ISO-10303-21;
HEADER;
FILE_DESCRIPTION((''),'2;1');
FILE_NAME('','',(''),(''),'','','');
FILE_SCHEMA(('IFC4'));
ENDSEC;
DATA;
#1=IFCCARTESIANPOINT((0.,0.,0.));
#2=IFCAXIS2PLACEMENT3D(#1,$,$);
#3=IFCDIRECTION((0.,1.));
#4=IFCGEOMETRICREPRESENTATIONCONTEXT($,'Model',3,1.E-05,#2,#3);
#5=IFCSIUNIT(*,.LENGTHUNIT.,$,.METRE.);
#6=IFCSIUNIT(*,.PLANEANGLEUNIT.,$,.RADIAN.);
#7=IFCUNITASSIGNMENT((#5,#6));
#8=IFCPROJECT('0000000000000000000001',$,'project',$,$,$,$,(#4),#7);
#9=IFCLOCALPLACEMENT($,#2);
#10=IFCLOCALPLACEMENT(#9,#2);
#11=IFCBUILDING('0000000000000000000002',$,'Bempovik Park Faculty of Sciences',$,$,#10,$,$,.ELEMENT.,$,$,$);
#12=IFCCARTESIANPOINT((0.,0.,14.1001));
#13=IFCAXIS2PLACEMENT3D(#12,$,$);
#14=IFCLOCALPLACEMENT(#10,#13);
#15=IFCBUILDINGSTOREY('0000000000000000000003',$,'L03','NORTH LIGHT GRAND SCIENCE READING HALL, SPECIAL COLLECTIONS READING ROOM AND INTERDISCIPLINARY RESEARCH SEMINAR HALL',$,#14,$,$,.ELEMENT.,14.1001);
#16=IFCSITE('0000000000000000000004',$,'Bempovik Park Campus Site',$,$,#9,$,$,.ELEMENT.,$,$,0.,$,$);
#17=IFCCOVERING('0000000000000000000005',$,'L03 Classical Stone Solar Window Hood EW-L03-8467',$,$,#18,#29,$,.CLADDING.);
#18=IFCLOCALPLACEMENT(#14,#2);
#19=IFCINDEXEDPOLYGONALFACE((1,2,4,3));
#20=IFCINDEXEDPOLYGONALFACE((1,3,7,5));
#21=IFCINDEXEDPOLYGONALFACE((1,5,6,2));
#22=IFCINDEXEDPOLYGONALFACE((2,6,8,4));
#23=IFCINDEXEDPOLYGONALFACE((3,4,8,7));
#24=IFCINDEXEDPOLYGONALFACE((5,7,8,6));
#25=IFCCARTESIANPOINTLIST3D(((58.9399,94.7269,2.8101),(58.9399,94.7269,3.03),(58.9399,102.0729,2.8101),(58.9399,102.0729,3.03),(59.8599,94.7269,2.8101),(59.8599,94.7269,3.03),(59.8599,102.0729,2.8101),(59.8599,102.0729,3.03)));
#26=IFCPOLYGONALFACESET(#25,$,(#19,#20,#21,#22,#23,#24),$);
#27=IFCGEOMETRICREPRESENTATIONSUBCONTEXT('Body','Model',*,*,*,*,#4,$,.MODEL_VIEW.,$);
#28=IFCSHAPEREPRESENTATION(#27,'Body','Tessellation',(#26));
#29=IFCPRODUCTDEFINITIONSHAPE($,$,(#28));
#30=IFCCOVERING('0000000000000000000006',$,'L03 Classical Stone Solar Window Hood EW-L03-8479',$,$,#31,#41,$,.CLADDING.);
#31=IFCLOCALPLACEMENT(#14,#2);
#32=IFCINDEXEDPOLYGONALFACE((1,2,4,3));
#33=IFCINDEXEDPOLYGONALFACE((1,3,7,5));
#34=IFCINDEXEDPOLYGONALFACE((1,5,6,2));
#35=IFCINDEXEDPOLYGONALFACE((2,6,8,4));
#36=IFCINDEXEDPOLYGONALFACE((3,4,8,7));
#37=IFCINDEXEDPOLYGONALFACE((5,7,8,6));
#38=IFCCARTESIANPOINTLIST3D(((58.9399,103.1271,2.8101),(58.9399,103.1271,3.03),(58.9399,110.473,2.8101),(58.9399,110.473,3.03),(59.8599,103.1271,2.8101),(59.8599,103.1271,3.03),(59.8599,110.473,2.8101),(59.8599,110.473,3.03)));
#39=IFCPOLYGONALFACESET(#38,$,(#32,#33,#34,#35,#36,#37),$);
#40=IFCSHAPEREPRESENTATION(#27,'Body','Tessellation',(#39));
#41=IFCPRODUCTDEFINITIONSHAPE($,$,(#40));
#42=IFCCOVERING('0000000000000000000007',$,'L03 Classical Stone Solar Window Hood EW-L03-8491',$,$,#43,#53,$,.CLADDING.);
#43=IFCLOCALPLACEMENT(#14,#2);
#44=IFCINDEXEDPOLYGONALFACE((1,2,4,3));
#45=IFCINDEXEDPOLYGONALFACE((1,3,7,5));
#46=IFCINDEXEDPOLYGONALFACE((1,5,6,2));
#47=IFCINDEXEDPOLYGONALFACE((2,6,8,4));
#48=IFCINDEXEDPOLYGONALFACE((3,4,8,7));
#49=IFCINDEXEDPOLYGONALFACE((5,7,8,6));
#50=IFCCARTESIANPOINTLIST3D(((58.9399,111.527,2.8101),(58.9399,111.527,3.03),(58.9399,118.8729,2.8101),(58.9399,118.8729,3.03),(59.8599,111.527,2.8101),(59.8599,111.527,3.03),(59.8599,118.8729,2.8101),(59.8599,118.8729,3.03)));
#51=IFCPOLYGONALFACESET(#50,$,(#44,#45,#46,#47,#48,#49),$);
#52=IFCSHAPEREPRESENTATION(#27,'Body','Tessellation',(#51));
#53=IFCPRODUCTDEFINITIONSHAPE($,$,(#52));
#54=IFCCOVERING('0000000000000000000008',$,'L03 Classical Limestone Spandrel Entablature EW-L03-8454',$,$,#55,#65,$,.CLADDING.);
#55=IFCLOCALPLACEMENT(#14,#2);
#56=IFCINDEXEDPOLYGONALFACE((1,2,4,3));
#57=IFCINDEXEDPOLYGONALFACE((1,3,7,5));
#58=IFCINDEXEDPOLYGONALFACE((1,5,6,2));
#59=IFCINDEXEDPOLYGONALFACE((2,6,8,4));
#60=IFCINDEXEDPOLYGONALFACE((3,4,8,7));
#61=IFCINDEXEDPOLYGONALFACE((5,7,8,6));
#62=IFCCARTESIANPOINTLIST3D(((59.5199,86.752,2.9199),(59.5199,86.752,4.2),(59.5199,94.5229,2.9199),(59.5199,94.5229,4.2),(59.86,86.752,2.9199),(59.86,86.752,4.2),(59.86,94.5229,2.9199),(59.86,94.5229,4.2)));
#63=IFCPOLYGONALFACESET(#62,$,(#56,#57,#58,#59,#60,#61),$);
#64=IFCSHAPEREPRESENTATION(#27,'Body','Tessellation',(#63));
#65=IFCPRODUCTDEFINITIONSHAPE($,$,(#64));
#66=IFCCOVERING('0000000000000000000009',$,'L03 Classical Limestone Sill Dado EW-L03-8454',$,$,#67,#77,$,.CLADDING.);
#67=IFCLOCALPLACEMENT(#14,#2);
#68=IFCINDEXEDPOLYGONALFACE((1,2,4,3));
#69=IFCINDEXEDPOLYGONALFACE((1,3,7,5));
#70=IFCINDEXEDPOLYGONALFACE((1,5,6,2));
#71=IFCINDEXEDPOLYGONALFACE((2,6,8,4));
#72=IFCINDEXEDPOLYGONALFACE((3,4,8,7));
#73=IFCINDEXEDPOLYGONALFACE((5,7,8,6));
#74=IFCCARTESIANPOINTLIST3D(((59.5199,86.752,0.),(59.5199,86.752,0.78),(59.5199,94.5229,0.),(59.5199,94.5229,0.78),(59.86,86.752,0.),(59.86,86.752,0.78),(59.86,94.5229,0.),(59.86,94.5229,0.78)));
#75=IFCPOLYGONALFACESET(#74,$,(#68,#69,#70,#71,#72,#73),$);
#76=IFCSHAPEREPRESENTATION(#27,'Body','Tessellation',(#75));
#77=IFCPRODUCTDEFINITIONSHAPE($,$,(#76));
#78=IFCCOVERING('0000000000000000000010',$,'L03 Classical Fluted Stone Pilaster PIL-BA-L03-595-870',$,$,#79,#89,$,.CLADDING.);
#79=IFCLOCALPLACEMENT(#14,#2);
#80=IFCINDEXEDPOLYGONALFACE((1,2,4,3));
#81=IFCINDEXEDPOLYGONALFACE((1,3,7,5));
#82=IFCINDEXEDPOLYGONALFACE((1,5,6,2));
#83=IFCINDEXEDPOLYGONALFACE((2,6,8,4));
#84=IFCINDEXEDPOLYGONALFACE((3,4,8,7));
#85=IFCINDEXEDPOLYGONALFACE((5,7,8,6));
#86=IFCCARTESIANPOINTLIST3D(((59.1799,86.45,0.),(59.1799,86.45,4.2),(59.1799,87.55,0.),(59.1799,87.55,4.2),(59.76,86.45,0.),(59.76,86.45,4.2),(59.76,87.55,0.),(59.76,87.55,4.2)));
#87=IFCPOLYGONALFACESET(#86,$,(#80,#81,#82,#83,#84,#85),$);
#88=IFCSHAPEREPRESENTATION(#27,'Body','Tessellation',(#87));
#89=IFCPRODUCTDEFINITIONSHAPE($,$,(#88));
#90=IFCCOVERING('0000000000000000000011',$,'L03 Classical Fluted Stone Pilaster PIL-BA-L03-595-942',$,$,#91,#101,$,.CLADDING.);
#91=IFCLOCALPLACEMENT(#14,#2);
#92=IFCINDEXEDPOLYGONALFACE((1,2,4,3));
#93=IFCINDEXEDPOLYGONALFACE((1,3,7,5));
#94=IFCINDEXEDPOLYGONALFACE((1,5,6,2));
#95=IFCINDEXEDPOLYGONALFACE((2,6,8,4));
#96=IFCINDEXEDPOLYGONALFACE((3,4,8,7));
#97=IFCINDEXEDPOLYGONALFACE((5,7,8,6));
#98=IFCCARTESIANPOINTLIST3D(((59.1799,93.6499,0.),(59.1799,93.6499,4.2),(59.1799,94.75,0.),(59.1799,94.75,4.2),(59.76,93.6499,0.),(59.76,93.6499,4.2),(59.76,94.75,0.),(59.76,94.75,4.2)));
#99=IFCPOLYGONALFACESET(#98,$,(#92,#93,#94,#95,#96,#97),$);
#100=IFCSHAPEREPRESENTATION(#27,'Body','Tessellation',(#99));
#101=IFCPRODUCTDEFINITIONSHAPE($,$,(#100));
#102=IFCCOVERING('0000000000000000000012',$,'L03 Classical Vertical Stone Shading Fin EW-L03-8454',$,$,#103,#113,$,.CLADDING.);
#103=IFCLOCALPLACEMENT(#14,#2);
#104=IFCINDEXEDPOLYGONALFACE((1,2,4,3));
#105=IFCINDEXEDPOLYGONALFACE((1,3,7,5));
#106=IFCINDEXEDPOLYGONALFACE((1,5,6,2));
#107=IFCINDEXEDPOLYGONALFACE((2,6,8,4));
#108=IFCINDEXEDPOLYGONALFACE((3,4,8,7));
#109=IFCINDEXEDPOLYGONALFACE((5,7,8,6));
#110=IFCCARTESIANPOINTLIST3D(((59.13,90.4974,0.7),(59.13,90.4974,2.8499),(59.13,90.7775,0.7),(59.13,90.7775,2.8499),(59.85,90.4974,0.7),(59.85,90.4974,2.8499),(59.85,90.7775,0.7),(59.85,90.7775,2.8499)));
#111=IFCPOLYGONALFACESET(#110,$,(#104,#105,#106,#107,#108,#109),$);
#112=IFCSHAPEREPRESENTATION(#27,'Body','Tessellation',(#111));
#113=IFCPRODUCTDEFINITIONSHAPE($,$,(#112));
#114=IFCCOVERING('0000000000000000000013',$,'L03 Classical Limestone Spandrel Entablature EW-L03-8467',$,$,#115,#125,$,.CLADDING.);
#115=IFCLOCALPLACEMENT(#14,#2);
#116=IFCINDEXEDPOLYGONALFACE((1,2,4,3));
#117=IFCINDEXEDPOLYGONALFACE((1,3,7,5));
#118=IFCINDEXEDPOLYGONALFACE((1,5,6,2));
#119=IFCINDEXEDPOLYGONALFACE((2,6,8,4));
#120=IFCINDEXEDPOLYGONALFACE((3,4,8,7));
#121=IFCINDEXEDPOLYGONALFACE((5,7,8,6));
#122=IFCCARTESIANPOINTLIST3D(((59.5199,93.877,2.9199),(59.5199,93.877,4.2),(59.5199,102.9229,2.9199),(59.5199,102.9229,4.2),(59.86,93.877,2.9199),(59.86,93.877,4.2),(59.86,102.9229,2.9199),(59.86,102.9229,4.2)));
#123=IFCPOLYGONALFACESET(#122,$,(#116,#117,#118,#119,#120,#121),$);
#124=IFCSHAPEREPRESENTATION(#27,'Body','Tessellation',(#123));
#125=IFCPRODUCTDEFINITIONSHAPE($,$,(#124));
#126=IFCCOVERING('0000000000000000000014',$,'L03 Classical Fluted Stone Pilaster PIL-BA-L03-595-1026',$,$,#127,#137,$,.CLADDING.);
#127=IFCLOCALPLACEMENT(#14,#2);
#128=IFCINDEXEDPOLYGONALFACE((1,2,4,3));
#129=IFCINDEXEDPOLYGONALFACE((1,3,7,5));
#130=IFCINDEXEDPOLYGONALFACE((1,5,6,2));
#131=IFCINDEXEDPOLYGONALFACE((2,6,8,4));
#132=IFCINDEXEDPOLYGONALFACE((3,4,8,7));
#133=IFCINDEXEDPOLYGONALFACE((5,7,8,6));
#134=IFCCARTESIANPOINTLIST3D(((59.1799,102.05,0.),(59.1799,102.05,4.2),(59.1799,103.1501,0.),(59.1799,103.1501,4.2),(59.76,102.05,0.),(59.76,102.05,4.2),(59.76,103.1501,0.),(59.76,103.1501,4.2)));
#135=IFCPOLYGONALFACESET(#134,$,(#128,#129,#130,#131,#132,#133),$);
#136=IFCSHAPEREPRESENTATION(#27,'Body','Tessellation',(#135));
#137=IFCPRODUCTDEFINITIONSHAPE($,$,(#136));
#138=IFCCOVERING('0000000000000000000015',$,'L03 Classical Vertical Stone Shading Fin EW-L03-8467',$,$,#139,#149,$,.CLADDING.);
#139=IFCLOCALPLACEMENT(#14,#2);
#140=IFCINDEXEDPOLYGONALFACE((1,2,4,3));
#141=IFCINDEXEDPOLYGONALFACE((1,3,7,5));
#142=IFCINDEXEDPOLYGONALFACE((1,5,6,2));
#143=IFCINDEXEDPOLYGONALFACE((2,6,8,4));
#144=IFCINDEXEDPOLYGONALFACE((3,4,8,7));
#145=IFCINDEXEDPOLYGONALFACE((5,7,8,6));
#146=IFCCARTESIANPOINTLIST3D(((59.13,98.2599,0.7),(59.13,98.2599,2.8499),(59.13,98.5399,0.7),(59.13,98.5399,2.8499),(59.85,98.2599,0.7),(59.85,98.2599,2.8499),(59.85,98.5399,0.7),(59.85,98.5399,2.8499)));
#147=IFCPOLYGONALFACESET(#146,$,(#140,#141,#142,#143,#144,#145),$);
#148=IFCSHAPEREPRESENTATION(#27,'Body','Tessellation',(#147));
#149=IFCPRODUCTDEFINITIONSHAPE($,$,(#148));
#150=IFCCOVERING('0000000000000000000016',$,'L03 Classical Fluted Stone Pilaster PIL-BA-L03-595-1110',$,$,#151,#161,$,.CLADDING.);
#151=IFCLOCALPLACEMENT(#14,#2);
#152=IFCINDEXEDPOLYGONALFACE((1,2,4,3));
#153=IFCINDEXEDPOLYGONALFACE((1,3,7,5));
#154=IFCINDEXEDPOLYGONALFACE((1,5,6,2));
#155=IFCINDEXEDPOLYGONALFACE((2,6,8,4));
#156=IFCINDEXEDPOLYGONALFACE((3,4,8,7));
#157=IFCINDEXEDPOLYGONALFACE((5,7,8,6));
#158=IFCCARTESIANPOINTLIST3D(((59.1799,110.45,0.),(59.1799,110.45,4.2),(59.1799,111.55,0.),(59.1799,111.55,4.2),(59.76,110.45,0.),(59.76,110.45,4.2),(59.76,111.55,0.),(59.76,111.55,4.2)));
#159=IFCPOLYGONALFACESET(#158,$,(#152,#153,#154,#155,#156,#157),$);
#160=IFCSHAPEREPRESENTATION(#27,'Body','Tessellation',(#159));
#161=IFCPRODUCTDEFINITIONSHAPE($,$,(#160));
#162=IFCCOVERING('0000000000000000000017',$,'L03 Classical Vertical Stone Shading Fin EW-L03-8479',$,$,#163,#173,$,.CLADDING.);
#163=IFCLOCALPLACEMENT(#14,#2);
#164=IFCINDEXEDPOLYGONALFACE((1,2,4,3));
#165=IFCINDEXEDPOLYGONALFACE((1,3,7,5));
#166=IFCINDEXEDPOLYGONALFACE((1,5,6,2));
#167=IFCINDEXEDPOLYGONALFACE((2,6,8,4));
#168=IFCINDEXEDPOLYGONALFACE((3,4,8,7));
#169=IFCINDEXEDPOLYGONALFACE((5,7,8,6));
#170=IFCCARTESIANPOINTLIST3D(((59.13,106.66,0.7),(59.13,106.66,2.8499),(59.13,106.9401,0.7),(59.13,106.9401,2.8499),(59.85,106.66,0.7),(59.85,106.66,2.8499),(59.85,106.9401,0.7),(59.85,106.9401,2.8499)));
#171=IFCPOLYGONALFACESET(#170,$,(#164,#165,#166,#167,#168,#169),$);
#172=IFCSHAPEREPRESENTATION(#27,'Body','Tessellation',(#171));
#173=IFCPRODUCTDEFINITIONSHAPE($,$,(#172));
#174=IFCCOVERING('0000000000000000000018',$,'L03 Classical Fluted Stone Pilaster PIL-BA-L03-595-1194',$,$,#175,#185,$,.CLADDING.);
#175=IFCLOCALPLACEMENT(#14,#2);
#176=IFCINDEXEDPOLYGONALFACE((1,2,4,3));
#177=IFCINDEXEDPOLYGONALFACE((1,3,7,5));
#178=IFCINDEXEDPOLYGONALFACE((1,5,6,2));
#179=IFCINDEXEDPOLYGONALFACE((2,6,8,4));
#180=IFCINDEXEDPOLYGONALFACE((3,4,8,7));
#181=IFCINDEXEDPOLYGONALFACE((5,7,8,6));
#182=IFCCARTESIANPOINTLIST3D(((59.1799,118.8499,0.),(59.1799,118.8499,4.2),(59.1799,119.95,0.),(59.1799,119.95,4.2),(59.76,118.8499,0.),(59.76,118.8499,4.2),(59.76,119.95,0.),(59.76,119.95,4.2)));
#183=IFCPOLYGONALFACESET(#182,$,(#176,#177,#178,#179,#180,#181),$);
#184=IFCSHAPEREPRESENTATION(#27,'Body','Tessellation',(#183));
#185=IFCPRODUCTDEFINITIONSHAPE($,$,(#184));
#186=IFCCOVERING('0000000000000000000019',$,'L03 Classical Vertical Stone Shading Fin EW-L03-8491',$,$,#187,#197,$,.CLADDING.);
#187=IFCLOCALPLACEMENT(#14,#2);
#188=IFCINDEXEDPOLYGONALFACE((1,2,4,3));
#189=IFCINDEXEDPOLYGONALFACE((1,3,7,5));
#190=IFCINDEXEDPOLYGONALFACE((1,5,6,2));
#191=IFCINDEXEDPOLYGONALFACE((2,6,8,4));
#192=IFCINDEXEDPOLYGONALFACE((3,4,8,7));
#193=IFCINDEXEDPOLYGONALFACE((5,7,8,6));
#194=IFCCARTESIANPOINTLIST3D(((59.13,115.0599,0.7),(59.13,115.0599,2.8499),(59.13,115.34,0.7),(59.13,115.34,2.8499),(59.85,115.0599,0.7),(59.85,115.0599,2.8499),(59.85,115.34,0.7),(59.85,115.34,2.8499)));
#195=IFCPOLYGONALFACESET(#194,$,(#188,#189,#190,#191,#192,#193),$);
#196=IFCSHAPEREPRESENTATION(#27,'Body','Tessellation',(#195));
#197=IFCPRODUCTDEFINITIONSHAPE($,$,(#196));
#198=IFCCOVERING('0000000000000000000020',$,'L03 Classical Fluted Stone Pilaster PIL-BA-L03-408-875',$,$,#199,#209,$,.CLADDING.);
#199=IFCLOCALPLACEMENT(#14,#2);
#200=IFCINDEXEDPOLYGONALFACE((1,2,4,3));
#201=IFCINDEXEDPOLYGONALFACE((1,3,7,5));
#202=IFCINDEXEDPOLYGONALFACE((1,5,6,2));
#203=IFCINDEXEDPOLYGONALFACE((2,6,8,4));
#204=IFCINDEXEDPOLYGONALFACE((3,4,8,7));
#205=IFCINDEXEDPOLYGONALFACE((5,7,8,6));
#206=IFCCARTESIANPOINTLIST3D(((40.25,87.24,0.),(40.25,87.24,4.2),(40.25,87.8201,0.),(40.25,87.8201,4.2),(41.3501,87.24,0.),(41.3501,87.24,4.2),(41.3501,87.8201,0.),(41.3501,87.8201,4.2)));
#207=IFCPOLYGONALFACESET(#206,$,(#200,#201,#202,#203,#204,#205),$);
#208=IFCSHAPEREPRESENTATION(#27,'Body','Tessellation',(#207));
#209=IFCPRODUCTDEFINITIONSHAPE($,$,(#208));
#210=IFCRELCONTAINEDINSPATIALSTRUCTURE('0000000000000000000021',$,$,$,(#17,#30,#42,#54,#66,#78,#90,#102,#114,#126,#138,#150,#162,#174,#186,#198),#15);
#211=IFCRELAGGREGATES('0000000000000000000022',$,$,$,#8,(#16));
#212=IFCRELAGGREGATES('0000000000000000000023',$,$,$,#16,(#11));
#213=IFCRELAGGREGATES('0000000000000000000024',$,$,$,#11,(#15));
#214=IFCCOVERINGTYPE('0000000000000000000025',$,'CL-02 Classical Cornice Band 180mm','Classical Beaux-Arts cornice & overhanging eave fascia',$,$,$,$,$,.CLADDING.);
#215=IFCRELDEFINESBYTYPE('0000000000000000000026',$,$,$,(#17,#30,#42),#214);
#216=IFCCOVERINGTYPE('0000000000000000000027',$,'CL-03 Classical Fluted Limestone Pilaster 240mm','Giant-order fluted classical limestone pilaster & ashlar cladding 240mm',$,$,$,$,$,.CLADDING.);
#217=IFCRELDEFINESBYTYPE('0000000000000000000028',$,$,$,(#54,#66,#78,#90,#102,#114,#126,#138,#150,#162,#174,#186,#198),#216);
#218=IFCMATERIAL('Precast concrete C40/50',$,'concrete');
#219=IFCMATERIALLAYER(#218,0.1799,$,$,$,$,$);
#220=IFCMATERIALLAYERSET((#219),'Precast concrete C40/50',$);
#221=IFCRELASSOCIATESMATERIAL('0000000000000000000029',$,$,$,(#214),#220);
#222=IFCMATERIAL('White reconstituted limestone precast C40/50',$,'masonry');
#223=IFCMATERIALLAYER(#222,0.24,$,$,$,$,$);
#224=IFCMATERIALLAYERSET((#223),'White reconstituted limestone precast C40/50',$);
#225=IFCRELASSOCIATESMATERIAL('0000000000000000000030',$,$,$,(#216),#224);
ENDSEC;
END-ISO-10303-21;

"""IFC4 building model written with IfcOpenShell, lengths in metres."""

from ifc_helpers import new_model, si_unit, direction, frame, origin, origin_2d, place, context, subcontext, project, spatial, rectangle, extrude, material, layer, layer_set, type_object, element, save


model = new_model("IFC4")

# Units and contexts
model_context = context("Model", 3, precision=1e-05, world=origin(), true_north=direction((0.0, 1.0)))
body_context = subcontext(model_context, "Body", "Model", "MODEL_VIEW")
ifc_project = project(units=[si_unit("LENGTHUNIT", "METRE"), si_unit("PLANEANGLEUNIT", "RADIAN")], contexts=[model_context])

# Site, building, storey
site_placement = place(None, origin())
site = spatial("IfcSite", under=ifc_project, at=site_placement, Name="Bempovik Park Campus Site", CompositionType="ELEMENT", RefElevation=0.0)
building_placement = place(site_placement, origin())
building = spatial("IfcBuilding", under=site, at=building_placement, Name="Bempovik Park Faculty of Sciences", CompositionType="ELEMENT")
storey_placement = place(building_placement, frame((0.0, 0.0, 14.1001)))
storey = spatial("IfcBuildingStorey", under=building, at=storey_placement, Name="L03", Description="NORTH LIGHT GRAND SCIENCE READING HALL, SPECIAL COLLECTIONS READING ROOM AND INTERDISCIPLINARY RESEARCH SEMINAR HALL", CompositionType="ELEMENT", Elevation=14.1001)

# Coverings
ifc_material_1 = material(Name="Precast concrete C40/50", Category="concrete")
ifc_layer_1 = layer(ifc_material_1, 0.1799)
ifc_layer_set_1 = layer_set([ifc_layer_1], Name="Precast concrete C40/50")
covering_type_1 = type_object("IfcCoveringType", Name="CL-02 Classical Cornice Band 180mm", Description="Classical Beaux-Arts cornice & overhanging eave fascia", PredefinedType="CLADDING", material=ifc_layer_set_1)
for number, where, z_axis, x_axis, name in (
    (1, (59.3999, 98.3999, 2.8101), (0.0, 0.0, 1.0), (1.0, 0.0, 0.0), "L03 Classical Stone Solar Window Hood EW-L03-8467"),
    (2, (59.3999, 106.8, 2.8101), (0.0, 0.0, 1.0), (1.0, 0.0, 0.0), "L03 Classical Stone Solar Window Hood EW-L03-8479"),
    (3, (59.3999, 115.2, 2.8101), (0.0, 0.0, 1.0), (1.0, 0.0, 0.0), "L03 Classical Stone Solar Window Hood EW-L03-8491"),
):
    element("IfcCovering", number, at=place(storey_placement, frame(where, z_axis=z_axis, x_axis=x_axis)), inside=storey, type_object=covering_type_1, Name=name, PredefinedType="CLADDING", context=body_context, shape_type="SweptSolid", body=[
        extrude(rectangle(XDim=0.9199, YDim=7.3459, at=origin_2d()), origin(), (0.0, 0.0, 1.0), 0.22),
    ])
ifc_material_2 = material(Name="White reconstituted limestone precast C40/50", Category="masonry")
ifc_layer_2 = layer(ifc_material_2, 0.24)
ifc_layer_set_2 = layer_set([ifc_layer_2], Name="White reconstituted limestone precast C40/50")
covering_type_2 = type_object("IfcCoveringType", Name="CL-03 Classical Fluted Limestone Pilaster 240mm", Description="Giant-order fluted classical limestone pilaster & ashlar cladding 240mm", PredefinedType="CLADDING", material=ifc_layer_set_2)
covering_1_placement = place(storey_placement, frame((59.6899, 90.6375, 2.9199), z_axis=(0.0, 0.0, 1.0), x_axis=(1.0, 0.0, 0.0)))
element("IfcCovering", 4, at=covering_1_placement, inside=storey, type_object=covering_type_2, Name="L03 Classical Limestone Spandrel Entablature EW-L03-8454", PredefinedType="CLADDING", context=body_context, shape_type="SweptSolid", body=[
    extrude(rectangle(XDim=0.3401, YDim=7.771, at=origin_2d()), origin(), (0.0, 0.0, 1.0), 1.28),
])
covering_2_placement = place(storey_placement, frame((59.6899, 90.6375, 0.0), z_axis=(0.0, 0.0, 1.0), x_axis=(1.0, 0.0, 0.0)))
element("IfcCovering", 5, at=covering_2_placement, inside=storey, type_object=covering_type_2, Name="L03 Classical Limestone Sill Dado EW-L03-8454", PredefinedType="CLADDING", context=body_context, shape_type="SweptSolid", body=[
    extrude(rectangle(XDim=0.3401, YDim=7.771, at=origin_2d()), origin(), (0.0, 0.0, 1.0), 0.78),
])
for number, where, z_axis, x_axis, name in (
    (6, (59.47, 87.0, 0.0), (0.0, 0.0, 1.0), (1.0, 0.0, 0.0), "L03 Classical Fluted Stone Pilaster PIL-BA-L03-595-870"),
    (7, (59.47, 94.2, 0.0), (0.0, 0.0, 1.0), (1.0, 0.0, 0.0), "L03 Classical Fluted Stone Pilaster PIL-BA-L03-595-942"),
):
    element("IfcCovering", number, at=place(storey_placement, frame(where, z_axis=z_axis, x_axis=x_axis)), inside=storey, type_object=covering_type_2, Name=name, PredefinedType="CLADDING", context=body_context, shape_type="SweptSolid", body=[
        extrude(rectangle(XDim=0.5801, YDim=1.1001, at=origin_2d()), origin(), (0.0, 0.0, 1.0), 4.2),
    ])
covering_3_placement = place(storey_placement, frame((59.49, 90.6375, 0.7), z_axis=(0.0, 0.0, 1.0), x_axis=(1.0, 0.0, 0.0)))
element("IfcCovering", 8, at=covering_3_placement, inside=storey, type_object=covering_type_2, Name="L03 Classical Vertical Stone Shading Fin EW-L03-8454", PredefinedType="CLADDING", context=body_context, shape_type="SweptSolid", body=[
    extrude(rectangle(XDim=0.72, YDim=0.28, at=origin_2d()), origin(), (0.0, 0.0, 1.0), 2.1499),
])
covering_4_placement = place(storey_placement, frame((59.6899, 98.3999, 2.9199), z_axis=(0.0, 0.0, 1.0), x_axis=(1.0, 0.0, 0.0)))
element("IfcCovering", 9, at=covering_4_placement, inside=storey, type_object=covering_type_2, Name="L03 Classical Limestone Spandrel Entablature EW-L03-8467", PredefinedType="CLADDING", context=body_context, shape_type="SweptSolid", body=[
    extrude(rectangle(XDim=0.3401, YDim=9.0459, at=origin_2d()), origin(), (0.0, 0.0, 1.0), 1.28),
])
covering_5_placement = place(storey_placement, frame((59.47, 102.6001, 0.0), z_axis=(0.0, 0.0, 1.0), x_axis=(1.0, 0.0, 0.0)))
element("IfcCovering", 10, at=covering_5_placement, inside=storey, type_object=covering_type_2, Name="L03 Classical Fluted Stone Pilaster PIL-BA-L03-595-1026", PredefinedType="CLADDING", context=body_context, shape_type="SweptSolid", body=[
    extrude(rectangle(XDim=0.5801, YDim=1.1001, at=origin_2d()), origin(), (0.0, 0.0, 1.0), 4.2),
])
covering_6_placement = place(storey_placement, frame((59.49, 98.3999, 0.7), z_axis=(0.0, 0.0, 1.0), x_axis=(1.0, 0.0, 0.0)))
element("IfcCovering", 11, at=covering_6_placement, inside=storey, type_object=covering_type_2, Name="L03 Classical Vertical Stone Shading Fin EW-L03-8467", PredefinedType="CLADDING", context=body_context, shape_type="SweptSolid", body=[
    extrude(rectangle(XDim=0.72, YDim=0.28, at=origin_2d()), origin(), (0.0, 0.0, 1.0), 2.1499),
])
covering_7_placement = place(storey_placement, frame((59.47, 111.0, 0.0), z_axis=(0.0, 0.0, 1.0), x_axis=(1.0, 0.0, 0.0)))
element("IfcCovering", 12, at=covering_7_placement, inside=storey, type_object=covering_type_2, Name="L03 Classical Fluted Stone Pilaster PIL-BA-L03-595-1110", PredefinedType="CLADDING", context=body_context, shape_type="SweptSolid", body=[
    extrude(rectangle(XDim=0.5801, YDim=1.1001, at=origin_2d()), origin(), (0.0, 0.0, 1.0), 4.2),
])
covering_8_placement = place(storey_placement, frame((59.49, 106.8, 0.7), z_axis=(0.0, 0.0, 1.0), x_axis=(1.0, 0.0, 0.0)))
element("IfcCovering", 13, at=covering_8_placement, inside=storey, type_object=covering_type_2, Name="L03 Classical Vertical Stone Shading Fin EW-L03-8479", PredefinedType="CLADDING", context=body_context, shape_type="SweptSolid", body=[
    extrude(rectangle(XDim=0.72, YDim=0.28, at=origin_2d()), origin(), (0.0, 0.0, 1.0), 2.1499),
])
covering_9_placement = place(storey_placement, frame((59.47, 119.3999, 0.0), z_axis=(0.0, 0.0, 1.0), x_axis=(1.0, 0.0, 0.0)))
element("IfcCovering", 14, at=covering_9_placement, inside=storey, type_object=covering_type_2, Name="L03 Classical Fluted Stone Pilaster PIL-BA-L03-595-1194", PredefinedType="CLADDING", context=body_context, shape_type="SweptSolid", body=[
    extrude(rectangle(XDim=0.5801, YDim=1.1001, at=origin_2d()), origin(), (0.0, 0.0, 1.0), 4.2),
])
covering_10_placement = place(storey_placement, frame((59.49, 115.2, 0.7), z_axis=(0.0, 0.0, 1.0), x_axis=(1.0, 0.0, 0.0)))
element("IfcCovering", 15, at=covering_10_placement, inside=storey, type_object=covering_type_2, Name="L03 Classical Vertical Stone Shading Fin EW-L03-8491", PredefinedType="CLADDING", context=body_context, shape_type="SweptSolid", body=[
    extrude(rectangle(XDim=0.72, YDim=0.28, at=origin_2d()), origin(), (0.0, 0.0, 1.0), 2.1499),
])
covering_11_placement = place(storey_placement, frame((40.8, 87.53, 0.0), z_axis=(0.0, 0.0, 1.0), x_axis=(1.0, 0.0, 0.0)))
element("IfcCovering", 16, at=covering_11_placement, inside=storey, type_object=covering_type_2, Name="L03 Classical Fluted Stone Pilaster PIL-BA-L03-408-875", PredefinedType="CLADDING", context=body_context, shape_type="SweptSolid", body=[
    extrude(rectangle(XDim=1.1001, YDim=0.5801, at=origin_2d()), origin(), (0.0, 0.0, 1.0), 4.2),
])

save(model, "model.ifc")
